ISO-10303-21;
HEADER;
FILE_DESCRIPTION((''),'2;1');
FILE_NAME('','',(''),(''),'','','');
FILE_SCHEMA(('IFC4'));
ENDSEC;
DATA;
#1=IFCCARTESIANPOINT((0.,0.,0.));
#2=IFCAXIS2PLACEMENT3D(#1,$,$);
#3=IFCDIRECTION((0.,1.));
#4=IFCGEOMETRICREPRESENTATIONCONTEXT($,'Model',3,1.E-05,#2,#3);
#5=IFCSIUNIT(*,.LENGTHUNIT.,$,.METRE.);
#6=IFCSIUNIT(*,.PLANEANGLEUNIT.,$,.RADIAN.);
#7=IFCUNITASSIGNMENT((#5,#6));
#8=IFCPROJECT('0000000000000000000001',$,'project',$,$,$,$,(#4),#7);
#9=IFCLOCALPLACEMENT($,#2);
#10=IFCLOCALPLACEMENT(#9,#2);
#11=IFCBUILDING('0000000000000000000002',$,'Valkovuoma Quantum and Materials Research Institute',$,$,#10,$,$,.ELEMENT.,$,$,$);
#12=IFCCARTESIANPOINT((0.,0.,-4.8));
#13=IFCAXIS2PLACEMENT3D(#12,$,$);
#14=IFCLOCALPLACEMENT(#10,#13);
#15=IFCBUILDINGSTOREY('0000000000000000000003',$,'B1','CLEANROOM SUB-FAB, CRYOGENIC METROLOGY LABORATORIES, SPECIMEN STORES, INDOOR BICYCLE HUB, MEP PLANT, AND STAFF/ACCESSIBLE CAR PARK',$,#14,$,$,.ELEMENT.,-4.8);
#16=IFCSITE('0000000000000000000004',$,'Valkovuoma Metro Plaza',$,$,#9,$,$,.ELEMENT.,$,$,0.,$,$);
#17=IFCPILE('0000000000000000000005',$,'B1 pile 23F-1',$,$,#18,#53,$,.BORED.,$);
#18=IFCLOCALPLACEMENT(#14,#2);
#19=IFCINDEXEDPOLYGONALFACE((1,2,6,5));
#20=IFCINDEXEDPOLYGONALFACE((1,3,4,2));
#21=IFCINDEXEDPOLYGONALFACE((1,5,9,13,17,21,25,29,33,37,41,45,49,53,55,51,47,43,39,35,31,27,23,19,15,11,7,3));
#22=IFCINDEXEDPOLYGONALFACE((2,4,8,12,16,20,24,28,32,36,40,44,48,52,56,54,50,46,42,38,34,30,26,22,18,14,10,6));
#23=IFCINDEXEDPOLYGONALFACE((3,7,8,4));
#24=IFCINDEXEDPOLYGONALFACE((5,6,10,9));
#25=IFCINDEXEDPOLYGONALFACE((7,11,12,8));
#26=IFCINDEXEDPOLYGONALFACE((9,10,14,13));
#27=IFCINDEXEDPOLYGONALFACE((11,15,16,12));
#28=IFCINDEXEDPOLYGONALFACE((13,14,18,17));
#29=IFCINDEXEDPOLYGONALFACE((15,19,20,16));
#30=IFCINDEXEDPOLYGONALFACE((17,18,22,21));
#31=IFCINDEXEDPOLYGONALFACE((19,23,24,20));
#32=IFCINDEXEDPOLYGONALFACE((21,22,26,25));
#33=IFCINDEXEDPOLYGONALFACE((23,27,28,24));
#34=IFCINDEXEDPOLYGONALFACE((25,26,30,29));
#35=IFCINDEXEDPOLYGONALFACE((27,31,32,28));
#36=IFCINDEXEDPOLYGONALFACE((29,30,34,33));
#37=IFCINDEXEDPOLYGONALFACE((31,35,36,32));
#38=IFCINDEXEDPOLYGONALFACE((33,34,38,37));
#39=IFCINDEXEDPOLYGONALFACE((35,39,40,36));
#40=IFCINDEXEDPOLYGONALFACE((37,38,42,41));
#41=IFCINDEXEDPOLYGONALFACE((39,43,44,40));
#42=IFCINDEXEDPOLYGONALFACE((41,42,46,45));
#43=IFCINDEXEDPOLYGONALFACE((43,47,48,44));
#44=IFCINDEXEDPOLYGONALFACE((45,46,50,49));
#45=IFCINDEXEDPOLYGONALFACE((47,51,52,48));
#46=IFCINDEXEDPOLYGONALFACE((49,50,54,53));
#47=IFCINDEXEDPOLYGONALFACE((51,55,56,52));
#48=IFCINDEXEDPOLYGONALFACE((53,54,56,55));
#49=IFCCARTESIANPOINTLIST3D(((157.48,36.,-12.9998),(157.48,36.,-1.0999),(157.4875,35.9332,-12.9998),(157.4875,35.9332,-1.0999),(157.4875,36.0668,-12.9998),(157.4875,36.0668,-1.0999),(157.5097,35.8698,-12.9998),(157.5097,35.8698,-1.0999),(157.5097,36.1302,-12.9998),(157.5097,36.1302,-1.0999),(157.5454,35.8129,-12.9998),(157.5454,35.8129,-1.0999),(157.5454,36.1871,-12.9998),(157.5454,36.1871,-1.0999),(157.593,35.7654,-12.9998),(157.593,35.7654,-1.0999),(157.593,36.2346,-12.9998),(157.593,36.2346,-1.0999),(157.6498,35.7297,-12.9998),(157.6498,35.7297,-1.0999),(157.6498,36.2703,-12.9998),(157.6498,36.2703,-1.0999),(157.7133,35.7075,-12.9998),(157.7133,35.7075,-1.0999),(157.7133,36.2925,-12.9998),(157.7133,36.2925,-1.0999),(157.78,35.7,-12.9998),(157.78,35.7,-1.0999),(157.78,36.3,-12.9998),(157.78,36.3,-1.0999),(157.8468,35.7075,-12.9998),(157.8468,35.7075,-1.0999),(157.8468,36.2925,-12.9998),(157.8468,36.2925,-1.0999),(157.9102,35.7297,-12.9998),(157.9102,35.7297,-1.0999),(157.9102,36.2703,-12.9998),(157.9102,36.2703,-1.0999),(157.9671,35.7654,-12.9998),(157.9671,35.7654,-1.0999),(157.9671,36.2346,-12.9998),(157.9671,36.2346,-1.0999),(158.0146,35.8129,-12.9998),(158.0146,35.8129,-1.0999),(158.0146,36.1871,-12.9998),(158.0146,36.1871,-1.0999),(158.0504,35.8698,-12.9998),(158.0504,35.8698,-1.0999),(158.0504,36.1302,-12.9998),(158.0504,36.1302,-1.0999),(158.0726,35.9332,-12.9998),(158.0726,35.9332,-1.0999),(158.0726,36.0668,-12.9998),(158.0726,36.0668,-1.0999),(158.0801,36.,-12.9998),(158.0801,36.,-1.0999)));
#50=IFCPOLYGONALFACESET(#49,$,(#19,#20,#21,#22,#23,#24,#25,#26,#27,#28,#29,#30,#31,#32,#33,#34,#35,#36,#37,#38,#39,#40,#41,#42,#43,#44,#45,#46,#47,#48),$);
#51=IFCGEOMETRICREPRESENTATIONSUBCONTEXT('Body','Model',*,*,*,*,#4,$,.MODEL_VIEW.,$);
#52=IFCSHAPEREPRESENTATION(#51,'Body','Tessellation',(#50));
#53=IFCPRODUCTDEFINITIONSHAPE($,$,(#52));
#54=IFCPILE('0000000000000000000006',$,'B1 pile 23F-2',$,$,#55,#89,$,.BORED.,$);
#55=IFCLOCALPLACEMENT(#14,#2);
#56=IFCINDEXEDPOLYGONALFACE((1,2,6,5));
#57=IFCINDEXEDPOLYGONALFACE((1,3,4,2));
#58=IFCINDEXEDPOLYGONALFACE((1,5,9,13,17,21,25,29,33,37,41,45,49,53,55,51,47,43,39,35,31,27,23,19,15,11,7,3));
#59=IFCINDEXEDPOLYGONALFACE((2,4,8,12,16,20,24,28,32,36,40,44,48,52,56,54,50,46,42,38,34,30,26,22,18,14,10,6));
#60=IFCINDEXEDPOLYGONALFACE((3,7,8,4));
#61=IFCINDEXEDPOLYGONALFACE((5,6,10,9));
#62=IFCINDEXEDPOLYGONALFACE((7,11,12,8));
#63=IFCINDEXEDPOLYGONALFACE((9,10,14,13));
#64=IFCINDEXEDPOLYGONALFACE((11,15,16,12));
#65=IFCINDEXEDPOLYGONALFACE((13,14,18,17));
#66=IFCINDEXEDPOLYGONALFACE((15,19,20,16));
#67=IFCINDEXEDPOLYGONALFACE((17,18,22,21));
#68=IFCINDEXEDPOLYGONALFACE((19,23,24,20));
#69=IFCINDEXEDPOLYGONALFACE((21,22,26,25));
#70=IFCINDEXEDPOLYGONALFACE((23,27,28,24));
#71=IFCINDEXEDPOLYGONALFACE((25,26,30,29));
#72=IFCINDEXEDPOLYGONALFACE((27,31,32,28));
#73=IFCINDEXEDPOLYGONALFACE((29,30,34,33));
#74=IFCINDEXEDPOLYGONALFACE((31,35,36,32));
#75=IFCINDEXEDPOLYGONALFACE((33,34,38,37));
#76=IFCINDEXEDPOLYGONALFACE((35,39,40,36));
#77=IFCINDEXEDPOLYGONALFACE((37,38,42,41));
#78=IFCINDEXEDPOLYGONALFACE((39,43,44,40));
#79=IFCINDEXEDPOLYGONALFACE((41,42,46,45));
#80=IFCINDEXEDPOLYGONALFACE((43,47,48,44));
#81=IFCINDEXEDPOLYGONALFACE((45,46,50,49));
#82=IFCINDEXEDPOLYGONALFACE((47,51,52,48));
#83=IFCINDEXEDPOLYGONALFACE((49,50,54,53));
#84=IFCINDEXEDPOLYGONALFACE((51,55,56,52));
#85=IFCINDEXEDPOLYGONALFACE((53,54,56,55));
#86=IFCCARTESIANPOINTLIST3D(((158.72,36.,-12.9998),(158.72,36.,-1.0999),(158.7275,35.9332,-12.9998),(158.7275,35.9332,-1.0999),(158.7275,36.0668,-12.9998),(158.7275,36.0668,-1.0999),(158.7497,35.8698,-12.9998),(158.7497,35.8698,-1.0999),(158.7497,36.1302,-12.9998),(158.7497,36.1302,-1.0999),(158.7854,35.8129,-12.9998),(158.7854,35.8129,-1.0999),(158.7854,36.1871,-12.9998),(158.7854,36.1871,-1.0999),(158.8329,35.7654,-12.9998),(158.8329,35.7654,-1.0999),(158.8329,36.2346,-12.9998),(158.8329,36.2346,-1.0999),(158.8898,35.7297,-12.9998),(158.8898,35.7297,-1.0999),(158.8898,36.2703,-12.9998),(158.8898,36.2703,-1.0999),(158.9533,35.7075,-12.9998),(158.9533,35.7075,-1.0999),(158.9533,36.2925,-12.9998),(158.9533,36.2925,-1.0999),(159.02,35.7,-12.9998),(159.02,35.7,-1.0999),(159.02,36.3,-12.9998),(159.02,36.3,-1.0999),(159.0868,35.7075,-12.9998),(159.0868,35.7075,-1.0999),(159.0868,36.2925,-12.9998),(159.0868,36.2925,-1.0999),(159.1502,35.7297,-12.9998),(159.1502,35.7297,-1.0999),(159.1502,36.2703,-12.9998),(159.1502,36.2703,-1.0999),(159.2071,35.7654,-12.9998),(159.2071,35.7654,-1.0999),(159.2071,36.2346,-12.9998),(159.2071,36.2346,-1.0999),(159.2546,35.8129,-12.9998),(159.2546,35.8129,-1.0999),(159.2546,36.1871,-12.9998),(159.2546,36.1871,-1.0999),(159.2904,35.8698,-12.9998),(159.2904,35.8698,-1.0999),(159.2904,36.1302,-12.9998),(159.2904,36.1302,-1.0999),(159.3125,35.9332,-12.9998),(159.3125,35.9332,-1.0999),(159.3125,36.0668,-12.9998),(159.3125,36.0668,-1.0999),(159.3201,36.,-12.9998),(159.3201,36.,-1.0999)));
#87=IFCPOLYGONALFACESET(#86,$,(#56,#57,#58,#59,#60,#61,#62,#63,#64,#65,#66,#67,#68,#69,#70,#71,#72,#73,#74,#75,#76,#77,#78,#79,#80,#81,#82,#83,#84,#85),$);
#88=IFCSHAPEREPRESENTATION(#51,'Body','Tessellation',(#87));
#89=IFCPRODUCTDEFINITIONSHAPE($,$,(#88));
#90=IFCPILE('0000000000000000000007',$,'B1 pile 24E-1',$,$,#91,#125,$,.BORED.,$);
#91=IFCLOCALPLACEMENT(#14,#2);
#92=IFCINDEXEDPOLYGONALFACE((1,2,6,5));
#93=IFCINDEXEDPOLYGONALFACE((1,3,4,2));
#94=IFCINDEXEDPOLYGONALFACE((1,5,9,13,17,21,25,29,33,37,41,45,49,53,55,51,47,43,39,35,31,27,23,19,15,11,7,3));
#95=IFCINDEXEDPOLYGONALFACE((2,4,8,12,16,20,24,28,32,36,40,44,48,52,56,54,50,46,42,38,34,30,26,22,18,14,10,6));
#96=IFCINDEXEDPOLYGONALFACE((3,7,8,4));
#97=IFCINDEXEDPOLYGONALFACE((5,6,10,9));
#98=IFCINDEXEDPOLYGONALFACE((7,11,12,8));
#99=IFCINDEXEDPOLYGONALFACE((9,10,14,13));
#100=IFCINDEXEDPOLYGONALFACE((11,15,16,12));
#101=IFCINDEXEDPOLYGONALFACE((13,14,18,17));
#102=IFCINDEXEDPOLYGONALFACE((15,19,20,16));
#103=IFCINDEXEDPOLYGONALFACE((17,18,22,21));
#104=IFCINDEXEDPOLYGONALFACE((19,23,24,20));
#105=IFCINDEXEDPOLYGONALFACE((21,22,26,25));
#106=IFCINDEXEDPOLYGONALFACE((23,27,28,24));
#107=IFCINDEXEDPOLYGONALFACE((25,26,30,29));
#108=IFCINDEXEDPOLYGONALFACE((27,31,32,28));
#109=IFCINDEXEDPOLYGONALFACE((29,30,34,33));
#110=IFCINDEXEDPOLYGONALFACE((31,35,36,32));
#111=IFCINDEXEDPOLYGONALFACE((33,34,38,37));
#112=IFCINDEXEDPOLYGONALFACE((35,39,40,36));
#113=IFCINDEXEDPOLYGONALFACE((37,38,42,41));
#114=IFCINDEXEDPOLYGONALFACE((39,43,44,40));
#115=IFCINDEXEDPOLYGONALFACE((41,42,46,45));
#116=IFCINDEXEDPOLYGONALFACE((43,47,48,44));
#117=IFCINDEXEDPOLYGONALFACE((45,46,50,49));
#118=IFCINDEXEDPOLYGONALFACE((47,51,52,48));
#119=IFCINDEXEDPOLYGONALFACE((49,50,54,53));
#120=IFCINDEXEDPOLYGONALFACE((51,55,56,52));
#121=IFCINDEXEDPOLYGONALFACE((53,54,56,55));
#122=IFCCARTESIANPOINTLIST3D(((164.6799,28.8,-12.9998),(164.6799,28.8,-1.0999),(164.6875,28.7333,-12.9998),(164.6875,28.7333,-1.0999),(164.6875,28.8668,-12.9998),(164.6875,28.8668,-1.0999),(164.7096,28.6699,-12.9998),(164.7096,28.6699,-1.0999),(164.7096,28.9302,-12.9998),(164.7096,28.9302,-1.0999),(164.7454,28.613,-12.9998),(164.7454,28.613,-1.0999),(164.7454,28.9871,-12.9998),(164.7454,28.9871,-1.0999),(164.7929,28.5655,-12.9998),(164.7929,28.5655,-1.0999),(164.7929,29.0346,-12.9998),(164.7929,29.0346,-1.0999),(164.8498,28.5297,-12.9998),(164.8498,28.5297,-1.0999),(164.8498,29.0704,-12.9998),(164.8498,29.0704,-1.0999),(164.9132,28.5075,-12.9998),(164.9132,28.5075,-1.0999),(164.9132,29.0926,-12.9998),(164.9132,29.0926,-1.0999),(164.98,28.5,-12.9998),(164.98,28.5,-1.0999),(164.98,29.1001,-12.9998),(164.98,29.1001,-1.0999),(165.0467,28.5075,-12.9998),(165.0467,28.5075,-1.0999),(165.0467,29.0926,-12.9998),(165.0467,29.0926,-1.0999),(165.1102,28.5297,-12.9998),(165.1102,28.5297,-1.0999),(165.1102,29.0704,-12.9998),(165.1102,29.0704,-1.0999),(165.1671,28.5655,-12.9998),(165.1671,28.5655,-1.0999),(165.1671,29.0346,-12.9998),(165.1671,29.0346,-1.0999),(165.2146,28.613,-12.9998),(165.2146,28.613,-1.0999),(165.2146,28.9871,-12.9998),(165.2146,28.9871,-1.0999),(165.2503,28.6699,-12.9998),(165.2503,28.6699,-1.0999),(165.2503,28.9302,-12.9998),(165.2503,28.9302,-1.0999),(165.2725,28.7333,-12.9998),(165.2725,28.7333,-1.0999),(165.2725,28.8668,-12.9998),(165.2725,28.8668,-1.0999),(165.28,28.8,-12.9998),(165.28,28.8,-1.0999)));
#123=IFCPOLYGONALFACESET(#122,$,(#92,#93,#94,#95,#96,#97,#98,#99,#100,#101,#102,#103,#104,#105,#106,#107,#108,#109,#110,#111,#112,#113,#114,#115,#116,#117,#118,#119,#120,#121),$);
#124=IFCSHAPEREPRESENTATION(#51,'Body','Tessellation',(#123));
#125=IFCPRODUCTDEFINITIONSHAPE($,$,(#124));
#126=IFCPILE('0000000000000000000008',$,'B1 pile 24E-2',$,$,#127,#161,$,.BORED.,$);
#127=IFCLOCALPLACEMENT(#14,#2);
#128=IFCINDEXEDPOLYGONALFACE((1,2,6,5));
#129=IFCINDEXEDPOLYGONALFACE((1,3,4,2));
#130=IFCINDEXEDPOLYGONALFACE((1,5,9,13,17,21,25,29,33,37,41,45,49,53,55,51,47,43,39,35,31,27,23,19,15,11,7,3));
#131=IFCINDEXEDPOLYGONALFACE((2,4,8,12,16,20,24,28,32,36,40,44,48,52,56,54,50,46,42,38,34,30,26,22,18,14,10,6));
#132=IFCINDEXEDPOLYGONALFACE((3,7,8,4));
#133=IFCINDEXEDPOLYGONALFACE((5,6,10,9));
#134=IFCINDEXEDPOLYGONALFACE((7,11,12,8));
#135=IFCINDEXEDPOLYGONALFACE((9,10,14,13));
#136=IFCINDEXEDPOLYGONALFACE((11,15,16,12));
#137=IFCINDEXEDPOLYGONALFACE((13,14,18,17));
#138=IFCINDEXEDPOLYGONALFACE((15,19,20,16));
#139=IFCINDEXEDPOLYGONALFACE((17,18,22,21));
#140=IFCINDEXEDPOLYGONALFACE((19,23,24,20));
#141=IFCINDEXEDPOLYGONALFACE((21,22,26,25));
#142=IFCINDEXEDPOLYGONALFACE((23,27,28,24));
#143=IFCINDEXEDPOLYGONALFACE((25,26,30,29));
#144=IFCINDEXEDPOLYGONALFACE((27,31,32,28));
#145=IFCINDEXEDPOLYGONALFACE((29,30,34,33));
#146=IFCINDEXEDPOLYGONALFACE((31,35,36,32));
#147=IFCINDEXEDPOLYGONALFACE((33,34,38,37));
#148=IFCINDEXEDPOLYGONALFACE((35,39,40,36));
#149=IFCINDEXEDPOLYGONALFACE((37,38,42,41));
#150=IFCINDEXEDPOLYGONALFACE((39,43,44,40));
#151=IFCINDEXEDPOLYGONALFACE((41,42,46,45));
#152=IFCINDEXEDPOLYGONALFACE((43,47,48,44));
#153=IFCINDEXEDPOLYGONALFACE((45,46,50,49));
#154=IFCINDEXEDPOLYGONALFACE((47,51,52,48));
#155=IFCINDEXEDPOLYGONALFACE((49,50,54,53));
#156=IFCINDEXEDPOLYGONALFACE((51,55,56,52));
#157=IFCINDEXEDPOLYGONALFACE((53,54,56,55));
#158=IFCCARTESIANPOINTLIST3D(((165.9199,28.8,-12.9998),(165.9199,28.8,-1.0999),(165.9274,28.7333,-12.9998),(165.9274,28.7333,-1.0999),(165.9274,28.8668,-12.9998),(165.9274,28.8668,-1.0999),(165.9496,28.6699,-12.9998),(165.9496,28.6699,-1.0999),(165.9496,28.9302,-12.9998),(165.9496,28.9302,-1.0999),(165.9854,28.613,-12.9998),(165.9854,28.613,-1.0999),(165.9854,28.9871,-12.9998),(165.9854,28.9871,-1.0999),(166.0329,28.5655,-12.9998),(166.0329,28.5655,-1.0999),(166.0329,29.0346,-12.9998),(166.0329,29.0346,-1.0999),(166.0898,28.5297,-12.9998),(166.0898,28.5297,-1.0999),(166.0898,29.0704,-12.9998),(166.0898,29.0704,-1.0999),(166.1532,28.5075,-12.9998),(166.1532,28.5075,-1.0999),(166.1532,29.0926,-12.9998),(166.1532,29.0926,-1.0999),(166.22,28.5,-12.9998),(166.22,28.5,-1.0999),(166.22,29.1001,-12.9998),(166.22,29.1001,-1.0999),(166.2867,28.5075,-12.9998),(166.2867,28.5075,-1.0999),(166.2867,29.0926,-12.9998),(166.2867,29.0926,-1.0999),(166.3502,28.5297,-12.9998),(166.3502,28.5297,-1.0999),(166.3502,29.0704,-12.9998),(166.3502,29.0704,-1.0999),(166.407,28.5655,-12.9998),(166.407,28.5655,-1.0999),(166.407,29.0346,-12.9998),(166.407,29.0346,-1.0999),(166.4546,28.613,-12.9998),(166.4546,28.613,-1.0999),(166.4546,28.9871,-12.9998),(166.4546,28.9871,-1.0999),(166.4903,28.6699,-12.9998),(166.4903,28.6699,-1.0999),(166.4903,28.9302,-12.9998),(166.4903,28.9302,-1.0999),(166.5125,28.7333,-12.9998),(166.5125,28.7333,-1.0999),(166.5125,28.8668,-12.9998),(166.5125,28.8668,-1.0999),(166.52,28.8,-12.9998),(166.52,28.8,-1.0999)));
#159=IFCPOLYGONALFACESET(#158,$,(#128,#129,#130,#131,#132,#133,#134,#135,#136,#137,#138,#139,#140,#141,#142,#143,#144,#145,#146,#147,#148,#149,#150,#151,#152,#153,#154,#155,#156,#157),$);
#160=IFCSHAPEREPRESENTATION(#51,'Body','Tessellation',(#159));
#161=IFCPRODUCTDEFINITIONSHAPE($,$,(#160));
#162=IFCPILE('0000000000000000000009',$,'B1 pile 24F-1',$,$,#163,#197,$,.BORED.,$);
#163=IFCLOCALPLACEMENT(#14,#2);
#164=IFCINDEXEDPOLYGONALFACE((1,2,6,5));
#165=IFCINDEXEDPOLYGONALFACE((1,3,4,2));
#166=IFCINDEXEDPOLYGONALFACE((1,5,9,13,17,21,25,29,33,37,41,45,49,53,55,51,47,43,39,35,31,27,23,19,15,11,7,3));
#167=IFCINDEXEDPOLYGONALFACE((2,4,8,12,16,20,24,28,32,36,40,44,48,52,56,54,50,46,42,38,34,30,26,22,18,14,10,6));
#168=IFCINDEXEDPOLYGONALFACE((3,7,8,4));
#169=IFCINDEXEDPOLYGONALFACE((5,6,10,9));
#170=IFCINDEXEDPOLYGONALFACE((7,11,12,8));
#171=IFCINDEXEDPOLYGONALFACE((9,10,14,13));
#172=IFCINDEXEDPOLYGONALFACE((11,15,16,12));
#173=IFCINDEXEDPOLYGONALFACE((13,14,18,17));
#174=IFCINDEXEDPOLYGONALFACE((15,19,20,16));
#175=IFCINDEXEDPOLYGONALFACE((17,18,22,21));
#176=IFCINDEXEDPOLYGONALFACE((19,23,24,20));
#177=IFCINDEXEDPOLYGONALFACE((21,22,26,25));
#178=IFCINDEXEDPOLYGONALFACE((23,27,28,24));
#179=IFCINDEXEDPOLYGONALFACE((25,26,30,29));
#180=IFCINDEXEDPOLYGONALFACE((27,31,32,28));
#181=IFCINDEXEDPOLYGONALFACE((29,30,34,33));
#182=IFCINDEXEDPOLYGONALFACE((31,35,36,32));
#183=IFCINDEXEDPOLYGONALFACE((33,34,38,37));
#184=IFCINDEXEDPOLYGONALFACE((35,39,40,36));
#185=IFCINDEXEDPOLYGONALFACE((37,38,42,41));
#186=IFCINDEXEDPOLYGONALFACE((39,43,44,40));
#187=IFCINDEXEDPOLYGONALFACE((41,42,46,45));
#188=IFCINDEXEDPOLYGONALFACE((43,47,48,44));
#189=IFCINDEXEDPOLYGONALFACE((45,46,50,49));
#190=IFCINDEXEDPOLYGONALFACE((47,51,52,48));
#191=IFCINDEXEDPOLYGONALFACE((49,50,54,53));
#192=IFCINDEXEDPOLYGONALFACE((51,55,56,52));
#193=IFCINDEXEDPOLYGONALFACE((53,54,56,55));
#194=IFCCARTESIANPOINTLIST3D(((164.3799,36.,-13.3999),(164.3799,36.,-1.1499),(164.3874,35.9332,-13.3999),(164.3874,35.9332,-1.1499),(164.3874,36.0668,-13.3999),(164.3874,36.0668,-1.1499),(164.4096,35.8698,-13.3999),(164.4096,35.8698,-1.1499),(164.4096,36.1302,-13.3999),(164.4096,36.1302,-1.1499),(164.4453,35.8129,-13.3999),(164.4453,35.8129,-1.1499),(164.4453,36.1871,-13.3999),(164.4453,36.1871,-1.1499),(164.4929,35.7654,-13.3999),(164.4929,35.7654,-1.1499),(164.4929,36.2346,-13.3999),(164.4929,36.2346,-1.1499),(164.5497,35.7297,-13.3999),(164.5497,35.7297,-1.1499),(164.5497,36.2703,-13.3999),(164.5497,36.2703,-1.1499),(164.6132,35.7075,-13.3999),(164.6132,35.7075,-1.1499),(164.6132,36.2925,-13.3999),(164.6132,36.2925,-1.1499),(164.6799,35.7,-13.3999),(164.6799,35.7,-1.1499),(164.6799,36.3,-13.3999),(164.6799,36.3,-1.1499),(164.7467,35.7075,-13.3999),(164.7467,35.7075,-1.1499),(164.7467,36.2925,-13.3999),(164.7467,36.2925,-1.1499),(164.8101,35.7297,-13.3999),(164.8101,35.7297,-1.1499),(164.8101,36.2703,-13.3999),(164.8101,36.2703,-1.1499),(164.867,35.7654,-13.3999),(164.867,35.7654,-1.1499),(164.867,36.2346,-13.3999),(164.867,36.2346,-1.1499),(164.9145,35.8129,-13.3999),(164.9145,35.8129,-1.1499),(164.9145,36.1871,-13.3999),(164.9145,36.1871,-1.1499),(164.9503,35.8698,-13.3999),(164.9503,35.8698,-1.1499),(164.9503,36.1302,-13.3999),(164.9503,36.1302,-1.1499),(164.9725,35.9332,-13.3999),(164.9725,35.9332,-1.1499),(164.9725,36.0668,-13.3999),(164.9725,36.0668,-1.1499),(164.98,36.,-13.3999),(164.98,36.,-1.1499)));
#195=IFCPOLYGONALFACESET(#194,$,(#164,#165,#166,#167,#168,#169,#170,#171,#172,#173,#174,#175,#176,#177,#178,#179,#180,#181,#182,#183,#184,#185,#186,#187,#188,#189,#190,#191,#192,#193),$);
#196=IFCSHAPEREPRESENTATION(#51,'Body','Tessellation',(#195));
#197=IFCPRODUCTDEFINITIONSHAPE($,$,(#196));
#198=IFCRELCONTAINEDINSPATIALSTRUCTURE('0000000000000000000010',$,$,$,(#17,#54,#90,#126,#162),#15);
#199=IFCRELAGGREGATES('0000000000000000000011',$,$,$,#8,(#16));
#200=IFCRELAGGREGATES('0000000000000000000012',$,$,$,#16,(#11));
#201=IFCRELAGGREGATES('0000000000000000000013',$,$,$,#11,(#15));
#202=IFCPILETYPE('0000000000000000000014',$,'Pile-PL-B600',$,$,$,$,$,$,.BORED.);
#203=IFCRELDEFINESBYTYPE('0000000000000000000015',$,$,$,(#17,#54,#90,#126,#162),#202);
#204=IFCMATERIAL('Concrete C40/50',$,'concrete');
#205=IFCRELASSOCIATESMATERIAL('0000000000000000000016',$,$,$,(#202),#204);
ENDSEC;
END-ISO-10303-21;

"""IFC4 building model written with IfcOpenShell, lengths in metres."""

from ifc_helpers import new_model, si_unit, direction, frame, origin, origin_2d, place, context, subcontext, project, spatial, circle, extrude, material, material_profile, profile_set, type_object, element, save


model = new_model("IFC4")

# Units and contexts
model_context = context("Model", 3, precision=1e-05, world=origin(), true_north=direction((0.0, 1.0)))
body_context = subcontext(model_context, "Body", "Model", "MODEL_VIEW")
ifc_project = project(units=[si_unit("LENGTHUNIT", "METRE"), si_unit("PLANEANGLEUNIT", "RADIAN")], contexts=[model_context])

# Site, building, storey
site_placement = place(None, origin())
site = spatial("IfcSite", under=ifc_project, at=site_placement, Name="Valkovuoma Metro Plaza", CompositionType="ELEMENT", RefElevation=0.0)
building_placement = place(site_placement, origin())
building = spatial("IfcBuilding", under=site, at=building_placement, Name="Valkovuoma Quantum and Materials Research Institute", CompositionType="ELEMENT")
storey_placement = place(building_placement, frame((0.0, 0.0, -4.8)))
storey = spatial("IfcBuildingStorey", under=building, at=storey_placement, Name="B1", Description="CLEANROOM SUB-FAB, CRYOGENIC METROLOGY LABORATORIES, SPECIMEN STORES, INDOOR BICYCLE HUB, MEP PLANT, AND STAFF/ACCESSIBLE CAR PARK", CompositionType="ELEMENT", Elevation=-4.8)

# Piles
ifc_material_1 = material(Name="Concrete C40/50", Category="concrete")
ifc_material_profile_1 = material_profile(ifc_material_1, circle(Radius=0.3, at=origin_2d()), Name="Concrete C40/50")
ifc_profile_set_1 = profile_set([ifc_material_profile_1], Name="Concrete C40/50")
pile_type = type_object("IfcPileType", Name="Pile-PL-B600", PredefinedType="BORED", material=ifc_profile_set_1)
for number, where, z_axis, x_axis, name in (
    (1, (157.78, 36.0, -1.0999), (0.0, 0.0, -1.0), (1.0, 0.0, 0.0), "B1 pile 23F-1"),
    (2, (159.02, 36.0, -1.0999), (0.0, 0.0, -1.0), (1.0, 0.0, 0.0), "B1 pile 23F-2"),
    (3, (164.98, 28.8, -1.0999), (0.0, 0.0, -1.0), (1.0, 0.0, 0.0), "B1 pile 24E-1"),
    (4, (166.22, 28.8, -1.0999), (0.0, 0.0, -1.0), (1.0, 0.0, 0.0), "B1 pile 24E-2"),
):
    element("IfcPile", number, at=place(storey_placement, frame(where, z_axis=z_axis, x_axis=x_axis)), inside=storey, type_object=pile_type, Name=name, PredefinedType="BORED", context=body_context, shape_type="SweptSolid", body=[
        extrude(circle(Radius=0.3, at=origin_2d()), origin(), (0.0, 0.0, 1.0), 11.8999),
    ])
for number, where, z_axis, x_axis, name in (
    (5, (164.6799, 36.0, -1.1499), (0.0, 0.0, -1.0), (1.0, 0.0, 0.0), "B1 pile 24F-1"),
):
    element("IfcPile", number, at=place(storey_placement, frame(where, z_axis=z_axis, x_axis=x_axis)), inside=storey, type_object=pile_type, Name=name, PredefinedType="BORED", context=body_context, shape_type="SweptSolid", body=[
        extrude(circle(Radius=0.3, at=origin_2d()), origin(), (0.0, 0.0, 1.0), 12.25),
    ])

save(model, "model.ifc")
